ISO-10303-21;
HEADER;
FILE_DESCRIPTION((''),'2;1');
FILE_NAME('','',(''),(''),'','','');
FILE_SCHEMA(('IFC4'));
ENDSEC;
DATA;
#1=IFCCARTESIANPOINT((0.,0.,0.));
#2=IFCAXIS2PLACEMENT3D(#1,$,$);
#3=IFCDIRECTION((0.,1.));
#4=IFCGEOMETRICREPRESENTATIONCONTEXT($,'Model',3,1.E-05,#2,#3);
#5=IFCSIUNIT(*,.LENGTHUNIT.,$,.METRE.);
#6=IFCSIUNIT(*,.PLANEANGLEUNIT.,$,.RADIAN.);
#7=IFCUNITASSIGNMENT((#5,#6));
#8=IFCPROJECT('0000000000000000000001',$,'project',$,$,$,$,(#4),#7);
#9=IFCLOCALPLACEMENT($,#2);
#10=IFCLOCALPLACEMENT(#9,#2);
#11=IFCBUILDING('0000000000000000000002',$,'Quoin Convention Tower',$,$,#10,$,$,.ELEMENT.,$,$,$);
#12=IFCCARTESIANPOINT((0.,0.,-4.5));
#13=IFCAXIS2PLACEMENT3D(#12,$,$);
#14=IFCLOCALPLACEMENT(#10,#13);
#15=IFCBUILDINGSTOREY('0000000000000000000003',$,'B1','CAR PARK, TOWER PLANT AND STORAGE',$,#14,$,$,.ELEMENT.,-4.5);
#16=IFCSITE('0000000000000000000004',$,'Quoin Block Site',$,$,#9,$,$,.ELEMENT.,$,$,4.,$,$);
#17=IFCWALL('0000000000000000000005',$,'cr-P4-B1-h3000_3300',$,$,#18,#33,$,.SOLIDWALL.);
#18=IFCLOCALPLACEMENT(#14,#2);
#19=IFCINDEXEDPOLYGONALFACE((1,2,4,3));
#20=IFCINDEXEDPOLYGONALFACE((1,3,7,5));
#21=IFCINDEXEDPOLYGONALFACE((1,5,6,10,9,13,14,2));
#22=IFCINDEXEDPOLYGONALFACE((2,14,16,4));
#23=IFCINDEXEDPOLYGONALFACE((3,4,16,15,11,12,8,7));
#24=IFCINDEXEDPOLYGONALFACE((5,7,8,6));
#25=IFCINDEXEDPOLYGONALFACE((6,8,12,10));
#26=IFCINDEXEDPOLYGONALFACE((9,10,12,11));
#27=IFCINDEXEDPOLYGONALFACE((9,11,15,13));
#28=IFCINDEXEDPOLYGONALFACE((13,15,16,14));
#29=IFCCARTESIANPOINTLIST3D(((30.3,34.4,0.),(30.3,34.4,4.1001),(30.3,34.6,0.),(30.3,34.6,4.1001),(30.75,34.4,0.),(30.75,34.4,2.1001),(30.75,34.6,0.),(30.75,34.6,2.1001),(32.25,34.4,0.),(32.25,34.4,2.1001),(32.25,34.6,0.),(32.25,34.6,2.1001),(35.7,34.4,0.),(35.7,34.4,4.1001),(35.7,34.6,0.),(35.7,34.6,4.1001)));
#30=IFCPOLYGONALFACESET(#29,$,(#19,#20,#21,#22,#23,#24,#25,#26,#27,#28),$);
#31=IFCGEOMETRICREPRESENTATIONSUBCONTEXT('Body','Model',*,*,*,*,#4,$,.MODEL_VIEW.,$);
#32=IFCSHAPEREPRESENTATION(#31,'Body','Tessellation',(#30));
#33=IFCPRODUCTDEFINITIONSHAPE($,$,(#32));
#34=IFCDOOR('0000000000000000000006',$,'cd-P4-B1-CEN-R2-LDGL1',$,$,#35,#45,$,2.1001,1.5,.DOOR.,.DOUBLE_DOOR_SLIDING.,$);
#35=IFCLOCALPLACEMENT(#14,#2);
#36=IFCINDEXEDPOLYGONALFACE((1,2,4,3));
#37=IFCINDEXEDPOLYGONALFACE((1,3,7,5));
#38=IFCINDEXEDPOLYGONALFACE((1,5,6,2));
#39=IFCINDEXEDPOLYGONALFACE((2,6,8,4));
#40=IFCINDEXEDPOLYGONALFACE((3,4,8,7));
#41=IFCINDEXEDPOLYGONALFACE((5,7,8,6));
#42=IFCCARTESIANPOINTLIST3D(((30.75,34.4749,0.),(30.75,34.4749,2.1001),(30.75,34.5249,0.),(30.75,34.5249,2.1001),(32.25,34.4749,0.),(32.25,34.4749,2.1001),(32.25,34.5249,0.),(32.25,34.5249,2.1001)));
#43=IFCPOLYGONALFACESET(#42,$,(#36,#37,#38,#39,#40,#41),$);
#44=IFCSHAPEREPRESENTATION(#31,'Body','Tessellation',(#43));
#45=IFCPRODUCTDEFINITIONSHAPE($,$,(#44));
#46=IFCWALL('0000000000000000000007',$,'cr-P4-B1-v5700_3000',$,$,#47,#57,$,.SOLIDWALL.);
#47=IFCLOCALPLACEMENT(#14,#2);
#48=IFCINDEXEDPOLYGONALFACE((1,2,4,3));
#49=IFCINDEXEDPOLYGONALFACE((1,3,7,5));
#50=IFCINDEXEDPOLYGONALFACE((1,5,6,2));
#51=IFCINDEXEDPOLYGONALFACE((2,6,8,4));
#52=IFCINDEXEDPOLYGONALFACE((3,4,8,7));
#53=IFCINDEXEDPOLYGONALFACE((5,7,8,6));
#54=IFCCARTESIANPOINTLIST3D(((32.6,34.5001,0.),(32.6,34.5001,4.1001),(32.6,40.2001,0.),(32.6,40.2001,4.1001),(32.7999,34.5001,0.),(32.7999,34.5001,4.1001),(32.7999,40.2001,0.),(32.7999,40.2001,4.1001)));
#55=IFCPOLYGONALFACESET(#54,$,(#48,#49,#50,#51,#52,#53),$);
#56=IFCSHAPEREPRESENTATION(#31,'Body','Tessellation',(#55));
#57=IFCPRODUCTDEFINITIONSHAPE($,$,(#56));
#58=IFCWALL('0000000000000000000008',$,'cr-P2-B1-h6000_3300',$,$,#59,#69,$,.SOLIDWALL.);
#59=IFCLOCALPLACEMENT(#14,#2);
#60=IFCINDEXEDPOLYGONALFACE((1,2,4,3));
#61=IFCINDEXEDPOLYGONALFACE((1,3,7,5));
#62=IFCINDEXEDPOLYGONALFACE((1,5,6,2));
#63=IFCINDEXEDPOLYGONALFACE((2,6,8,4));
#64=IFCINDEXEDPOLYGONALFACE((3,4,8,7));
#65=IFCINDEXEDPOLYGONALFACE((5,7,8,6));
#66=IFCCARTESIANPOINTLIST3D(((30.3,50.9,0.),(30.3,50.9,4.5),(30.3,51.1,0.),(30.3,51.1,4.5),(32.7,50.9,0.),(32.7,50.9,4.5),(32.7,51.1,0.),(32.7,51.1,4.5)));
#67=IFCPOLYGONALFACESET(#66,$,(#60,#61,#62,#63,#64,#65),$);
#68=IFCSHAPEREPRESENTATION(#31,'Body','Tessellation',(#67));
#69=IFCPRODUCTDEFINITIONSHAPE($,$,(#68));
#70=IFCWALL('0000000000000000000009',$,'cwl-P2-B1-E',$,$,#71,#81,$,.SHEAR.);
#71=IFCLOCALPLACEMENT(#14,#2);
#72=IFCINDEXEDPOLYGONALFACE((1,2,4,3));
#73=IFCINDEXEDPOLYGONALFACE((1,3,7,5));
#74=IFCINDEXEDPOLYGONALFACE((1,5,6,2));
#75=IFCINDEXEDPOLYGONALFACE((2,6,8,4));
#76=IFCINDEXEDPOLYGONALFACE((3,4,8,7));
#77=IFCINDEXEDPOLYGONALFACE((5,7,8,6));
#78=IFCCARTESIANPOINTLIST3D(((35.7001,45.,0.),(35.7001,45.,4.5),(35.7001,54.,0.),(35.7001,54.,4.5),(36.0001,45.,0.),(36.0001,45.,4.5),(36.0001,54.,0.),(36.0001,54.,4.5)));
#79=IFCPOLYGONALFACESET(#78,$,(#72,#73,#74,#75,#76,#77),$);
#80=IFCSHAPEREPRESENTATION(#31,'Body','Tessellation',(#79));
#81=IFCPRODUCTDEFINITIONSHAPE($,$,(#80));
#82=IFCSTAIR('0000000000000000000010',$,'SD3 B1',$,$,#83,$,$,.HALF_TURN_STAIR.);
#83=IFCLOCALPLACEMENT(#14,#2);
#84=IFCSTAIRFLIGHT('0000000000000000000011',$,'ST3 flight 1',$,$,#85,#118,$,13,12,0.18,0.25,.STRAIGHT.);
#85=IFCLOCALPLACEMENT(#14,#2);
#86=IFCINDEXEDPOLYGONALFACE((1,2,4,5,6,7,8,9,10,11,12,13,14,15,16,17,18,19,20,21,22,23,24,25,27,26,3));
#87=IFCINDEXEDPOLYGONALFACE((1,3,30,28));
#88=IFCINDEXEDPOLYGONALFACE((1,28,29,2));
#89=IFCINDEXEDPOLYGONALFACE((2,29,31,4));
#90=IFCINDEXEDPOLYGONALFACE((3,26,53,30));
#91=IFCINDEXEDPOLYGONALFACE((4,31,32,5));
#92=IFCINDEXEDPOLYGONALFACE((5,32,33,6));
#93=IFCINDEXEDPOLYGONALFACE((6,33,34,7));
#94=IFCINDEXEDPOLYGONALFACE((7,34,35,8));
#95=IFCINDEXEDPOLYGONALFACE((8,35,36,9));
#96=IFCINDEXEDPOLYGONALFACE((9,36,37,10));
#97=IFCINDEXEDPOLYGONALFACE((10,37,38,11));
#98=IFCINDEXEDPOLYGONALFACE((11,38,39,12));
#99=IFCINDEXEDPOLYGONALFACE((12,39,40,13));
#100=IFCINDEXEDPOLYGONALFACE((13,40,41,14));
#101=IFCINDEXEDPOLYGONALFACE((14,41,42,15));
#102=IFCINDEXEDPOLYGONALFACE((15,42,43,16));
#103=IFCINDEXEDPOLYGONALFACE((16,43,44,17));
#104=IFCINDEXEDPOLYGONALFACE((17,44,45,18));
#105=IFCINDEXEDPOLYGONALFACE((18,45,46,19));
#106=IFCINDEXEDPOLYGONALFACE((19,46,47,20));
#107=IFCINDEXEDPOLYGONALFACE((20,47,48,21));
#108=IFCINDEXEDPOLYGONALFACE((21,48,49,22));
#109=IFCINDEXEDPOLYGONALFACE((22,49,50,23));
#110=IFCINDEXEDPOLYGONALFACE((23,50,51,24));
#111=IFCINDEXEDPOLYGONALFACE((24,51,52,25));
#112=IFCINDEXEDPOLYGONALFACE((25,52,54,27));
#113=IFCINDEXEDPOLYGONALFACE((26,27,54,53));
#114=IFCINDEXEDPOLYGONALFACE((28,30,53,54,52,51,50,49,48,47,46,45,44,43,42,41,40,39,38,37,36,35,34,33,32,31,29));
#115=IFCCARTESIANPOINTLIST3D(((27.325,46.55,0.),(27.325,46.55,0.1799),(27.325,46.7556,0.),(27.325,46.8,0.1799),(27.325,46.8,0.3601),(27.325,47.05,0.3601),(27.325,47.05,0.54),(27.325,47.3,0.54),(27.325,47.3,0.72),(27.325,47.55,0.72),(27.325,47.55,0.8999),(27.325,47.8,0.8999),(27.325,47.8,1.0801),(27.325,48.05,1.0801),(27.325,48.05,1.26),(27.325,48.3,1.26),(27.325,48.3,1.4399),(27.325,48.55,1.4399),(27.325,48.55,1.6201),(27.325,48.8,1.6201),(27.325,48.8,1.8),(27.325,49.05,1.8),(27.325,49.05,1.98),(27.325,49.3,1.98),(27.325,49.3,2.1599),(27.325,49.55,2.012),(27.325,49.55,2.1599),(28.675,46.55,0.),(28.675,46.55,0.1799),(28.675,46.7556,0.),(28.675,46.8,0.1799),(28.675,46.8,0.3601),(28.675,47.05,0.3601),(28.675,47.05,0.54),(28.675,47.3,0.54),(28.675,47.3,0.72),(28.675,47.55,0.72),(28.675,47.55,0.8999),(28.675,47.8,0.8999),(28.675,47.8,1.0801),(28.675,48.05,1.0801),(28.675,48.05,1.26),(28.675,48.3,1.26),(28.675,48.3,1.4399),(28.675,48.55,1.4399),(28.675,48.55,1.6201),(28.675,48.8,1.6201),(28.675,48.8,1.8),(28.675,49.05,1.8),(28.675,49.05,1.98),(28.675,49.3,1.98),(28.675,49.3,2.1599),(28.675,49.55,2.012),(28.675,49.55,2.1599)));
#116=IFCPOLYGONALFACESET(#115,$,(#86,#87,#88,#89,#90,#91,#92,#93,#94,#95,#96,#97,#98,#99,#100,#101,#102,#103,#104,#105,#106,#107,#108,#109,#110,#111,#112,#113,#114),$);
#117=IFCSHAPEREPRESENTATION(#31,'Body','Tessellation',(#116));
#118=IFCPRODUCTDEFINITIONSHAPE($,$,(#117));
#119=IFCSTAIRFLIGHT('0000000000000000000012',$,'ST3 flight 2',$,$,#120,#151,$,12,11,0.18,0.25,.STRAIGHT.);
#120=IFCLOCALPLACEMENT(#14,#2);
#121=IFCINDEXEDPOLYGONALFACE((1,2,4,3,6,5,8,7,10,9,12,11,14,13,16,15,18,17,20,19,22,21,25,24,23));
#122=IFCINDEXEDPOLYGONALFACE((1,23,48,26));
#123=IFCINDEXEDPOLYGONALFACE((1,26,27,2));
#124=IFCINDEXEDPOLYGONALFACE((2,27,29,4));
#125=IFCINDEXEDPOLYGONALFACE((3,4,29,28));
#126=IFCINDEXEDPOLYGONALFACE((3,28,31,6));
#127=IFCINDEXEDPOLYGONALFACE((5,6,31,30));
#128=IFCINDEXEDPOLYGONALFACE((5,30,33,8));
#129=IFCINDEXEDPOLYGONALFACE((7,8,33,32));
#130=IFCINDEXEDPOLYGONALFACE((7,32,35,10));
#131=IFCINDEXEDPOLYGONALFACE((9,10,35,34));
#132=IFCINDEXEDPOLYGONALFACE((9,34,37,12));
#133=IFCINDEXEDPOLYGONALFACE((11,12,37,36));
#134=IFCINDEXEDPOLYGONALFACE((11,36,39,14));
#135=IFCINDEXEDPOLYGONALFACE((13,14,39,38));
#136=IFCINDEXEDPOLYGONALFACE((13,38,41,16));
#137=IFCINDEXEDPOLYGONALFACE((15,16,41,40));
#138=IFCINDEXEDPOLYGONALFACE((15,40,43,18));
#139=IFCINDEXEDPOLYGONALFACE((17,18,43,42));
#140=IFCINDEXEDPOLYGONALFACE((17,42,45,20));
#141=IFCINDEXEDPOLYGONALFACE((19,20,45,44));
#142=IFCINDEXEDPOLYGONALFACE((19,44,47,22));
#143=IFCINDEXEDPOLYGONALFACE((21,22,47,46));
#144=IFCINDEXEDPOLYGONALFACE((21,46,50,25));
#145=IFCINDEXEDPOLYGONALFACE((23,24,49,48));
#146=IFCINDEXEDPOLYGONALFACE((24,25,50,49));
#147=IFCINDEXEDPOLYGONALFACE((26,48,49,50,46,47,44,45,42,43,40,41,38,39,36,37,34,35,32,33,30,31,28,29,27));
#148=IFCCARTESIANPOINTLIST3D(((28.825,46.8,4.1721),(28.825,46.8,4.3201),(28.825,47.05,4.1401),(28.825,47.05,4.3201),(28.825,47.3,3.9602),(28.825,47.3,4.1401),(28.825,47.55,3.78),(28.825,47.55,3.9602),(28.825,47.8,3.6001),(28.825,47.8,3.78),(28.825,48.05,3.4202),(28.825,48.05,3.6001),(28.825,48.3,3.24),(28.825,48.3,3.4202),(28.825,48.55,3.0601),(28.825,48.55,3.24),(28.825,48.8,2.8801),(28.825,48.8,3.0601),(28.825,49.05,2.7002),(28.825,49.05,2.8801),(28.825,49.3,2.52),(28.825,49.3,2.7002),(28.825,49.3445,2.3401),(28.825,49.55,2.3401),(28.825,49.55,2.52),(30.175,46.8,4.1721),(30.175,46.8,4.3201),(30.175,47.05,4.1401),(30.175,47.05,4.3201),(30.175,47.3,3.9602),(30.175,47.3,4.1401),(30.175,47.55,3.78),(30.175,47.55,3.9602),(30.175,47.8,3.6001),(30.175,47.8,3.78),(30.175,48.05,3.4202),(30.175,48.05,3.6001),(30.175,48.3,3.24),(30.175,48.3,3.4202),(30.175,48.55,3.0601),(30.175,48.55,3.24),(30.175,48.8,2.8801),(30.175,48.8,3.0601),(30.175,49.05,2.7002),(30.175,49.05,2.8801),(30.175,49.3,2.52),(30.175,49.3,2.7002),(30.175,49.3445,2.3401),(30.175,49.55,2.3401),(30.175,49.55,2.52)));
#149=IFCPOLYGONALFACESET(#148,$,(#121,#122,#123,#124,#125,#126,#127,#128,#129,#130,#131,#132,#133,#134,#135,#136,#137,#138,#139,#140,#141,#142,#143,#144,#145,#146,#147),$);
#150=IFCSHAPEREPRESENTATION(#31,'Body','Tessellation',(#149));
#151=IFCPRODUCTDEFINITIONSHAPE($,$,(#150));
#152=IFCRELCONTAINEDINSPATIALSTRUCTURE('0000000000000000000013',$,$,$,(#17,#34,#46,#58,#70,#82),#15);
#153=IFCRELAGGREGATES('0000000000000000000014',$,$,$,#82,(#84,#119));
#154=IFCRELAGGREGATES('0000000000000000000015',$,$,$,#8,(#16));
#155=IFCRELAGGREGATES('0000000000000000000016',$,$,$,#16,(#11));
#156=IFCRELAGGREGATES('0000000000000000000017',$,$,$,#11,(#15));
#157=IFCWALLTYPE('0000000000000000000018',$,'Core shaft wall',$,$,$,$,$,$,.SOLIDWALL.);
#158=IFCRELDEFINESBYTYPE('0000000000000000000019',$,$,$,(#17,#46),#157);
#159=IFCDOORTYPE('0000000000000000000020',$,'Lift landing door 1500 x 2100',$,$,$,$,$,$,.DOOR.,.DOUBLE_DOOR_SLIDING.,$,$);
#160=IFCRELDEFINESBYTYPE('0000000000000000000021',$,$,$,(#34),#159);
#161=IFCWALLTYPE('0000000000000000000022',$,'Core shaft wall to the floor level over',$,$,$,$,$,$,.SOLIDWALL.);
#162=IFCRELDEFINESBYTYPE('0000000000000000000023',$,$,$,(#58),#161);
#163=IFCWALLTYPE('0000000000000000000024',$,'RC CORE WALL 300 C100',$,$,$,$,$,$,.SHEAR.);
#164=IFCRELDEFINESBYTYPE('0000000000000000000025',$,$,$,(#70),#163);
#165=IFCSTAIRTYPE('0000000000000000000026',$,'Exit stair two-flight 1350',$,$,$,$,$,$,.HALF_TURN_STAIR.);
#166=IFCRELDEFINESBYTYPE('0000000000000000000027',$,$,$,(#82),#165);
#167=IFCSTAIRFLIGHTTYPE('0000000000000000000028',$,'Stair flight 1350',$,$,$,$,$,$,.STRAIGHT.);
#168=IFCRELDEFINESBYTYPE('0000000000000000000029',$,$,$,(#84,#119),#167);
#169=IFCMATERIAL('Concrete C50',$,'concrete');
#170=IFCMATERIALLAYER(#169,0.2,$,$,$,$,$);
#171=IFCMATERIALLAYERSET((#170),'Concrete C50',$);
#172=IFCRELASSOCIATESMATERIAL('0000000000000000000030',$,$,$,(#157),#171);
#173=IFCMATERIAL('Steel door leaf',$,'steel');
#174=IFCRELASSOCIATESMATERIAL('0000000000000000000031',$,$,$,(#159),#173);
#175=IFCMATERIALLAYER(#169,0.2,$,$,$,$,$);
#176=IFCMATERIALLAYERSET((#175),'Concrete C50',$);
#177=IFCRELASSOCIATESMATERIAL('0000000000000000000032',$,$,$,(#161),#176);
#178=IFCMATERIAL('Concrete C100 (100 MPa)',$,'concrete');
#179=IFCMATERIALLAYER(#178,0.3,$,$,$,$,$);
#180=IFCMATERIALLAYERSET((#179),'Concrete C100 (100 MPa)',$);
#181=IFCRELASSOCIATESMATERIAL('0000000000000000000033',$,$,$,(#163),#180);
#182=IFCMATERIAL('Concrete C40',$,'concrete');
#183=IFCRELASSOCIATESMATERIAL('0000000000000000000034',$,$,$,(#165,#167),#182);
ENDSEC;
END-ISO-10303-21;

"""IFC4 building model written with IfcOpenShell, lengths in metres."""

from ifc_helpers import new_model, si_unit, direction, frame, frame_2d, origin, place, context, subcontext, project, spatial, polyline, rectangle, outline, extrude, material, layer, layer_set, type_object, element, fill, aggregate, save


model = new_model("IFC4")

# Units and contexts
model_context = context("Model", 3, precision=1e-05, world=origin(), true_north=direction((0.0, 1.0)))
body_context = subcontext(model_context, "Body", "Model", "MODEL_VIEW")
ifc_project = project(units=[si_unit("LENGTHUNIT", "METRE"), si_unit("PLANEANGLEUNIT", "RADIAN")], contexts=[model_context])

# Site, building, storey
site_placement = place(None, origin())
site = spatial("IfcSite", under=ifc_project, at=site_placement, Name="Quoin Block Site", CompositionType="ELEMENT", RefElevation=4.0)
building_placement = place(site_placement, origin())
building = spatial("IfcBuilding", under=site, at=building_placement, Name="Quoin Convention Tower", CompositionType="ELEMENT")
storey_placement = place(building_placement, frame((0.0, 0.0, -4.5)))
storey = spatial("IfcBuildingStorey", under=building, at=storey_placement, Name="B1", Description="CAR PARK, TOWER PLANT AND STORAGE", CompositionType="ELEMENT", Elevation=-4.5)

# Shared definitions
ifc_material_1 = material(Name="Concrete C100 (100 MPa)", Category="concrete")

# Shared definitions
ifc_material_2 = material(Name="Concrete C50", Category="concrete")
ifc_layer_1 = layer(ifc_material_2, 0.2)
ifc_layer_set_1 = layer_set([ifc_layer_1], Name="Concrete C50")
wall_type_1 = type_object("IfcWallType", Name="Core shaft wall", PredefinedType="SOLIDWALL", material=ifc_layer_set_1)

# Wall, opening, door
wall_1_placement = place(storey_placement, frame((30.3, 34.5, 0.0), z_axis=(0.0, 0.0, 1.0), x_axis=(1.0, 0.0, 0.0)))
wall_1 = element("IfcWall", 1, at=wall_1_placement, inside=storey, type_object=wall_type_1, Name="cr-P4-B1-h3000_3300", PredefinedType="SOLIDWALL", context=body_context, shape_type="SweptSolid", body=[
    extrude(rectangle(XDim=5.3999, YDim=0.2, at=frame_2d((2.7, 0.0))), origin(), (0.0, 0.0, 1.0), 4.1001),
])
opening_placement = place(wall_1_placement, frame((0.45, 0.0, 0.0)))
opening = element("IfcOpeningElement", 2, at=opening_placement, cuts=wall_1, PredefinedType="OPENING", context=body_context, shape_type="SweptSolid", body=[
    extrude(rectangle(XDim=1.5, YDim=2.1001, at=frame_2d((0.75, 1.05))), frame((0.0, 0.1099, 0.0), z_axis=(0.0, -1.0, 0.0), x_axis=(1.0, 0.0, 0.0)), (0.0, 0.0, 1.0), 0.22),
])
ifc_material_3 = material(Name="Steel door leaf", Category="steel")
door_type = type_object("IfcDoorType", Name="Lift landing door 1500 x 2100", OperationType="DOUBLE_DOOR_SLIDING", PredefinedType="DOOR", material=ifc_material_3)
door_placement = place(opening_placement, origin())
door = element("IfcDoor", 3, at=door_placement, inside=storey, type_object=door_type, Name="cd-P4-B1-CEN-R2-LDGL1", OperationType="DOUBLE_DOOR_SLIDING", OverallHeight=2.1001, OverallWidth=1.5, PredefinedType="DOOR", context=body_context, shape_type="SweptSolid", body=[
    extrude(rectangle(XDim=1.5, YDim=2.1001, at=frame_2d((0.75, 1.05))), frame((0.0, 0.0249, 0.0), z_axis=(0.0, -1.0, 0.0), x_axis=(1.0, 0.0, 0.0)), (0.0, 0.0, 1.0), 0.05),
])
fill(opening, door)

# Walls
wall_2_placement = place(storey_placement, frame((32.7, 34.5, 0.0), z_axis=(0.0, 0.0, 1.0), x_axis=(0.0, 1.0, 0.0)))
element("IfcWall", 4, at=wall_2_placement, inside=storey, type_object=wall_type_1, Name="cr-P4-B1-v5700_3000", PredefinedType="SOLIDWALL", context=body_context, shape_type="SweptSolid", body=[
    extrude(rectangle(XDim=5.7, YDim=0.2, at=frame_2d((2.8501, 0.0))), origin(), (0.0, 0.0, 1.0), 4.1001),
])
ifc_layer_2 = layer(ifc_material_2, 0.2)
ifc_layer_set_2 = layer_set([ifc_layer_2], Name="Concrete C50")
wall_type_2 = type_object("IfcWallType", Name="Core shaft wall to the floor level over", PredefinedType="SOLIDWALL", material=ifc_layer_set_2)
wall_3_placement = place(storey_placement, frame((30.3, 51.0, 0.0), z_axis=(0.0, 0.0, 1.0), x_axis=(1.0, 0.0, 0.0)))
element("IfcWall", 5, at=wall_3_placement, inside=storey, type_object=wall_type_2, Name="cr-P2-B1-h6000_3300", PredefinedType="SOLIDWALL", context=body_context, shape_type="SweptSolid", body=[
    extrude(rectangle(XDim=2.3999, YDim=0.2, at=frame_2d((1.2, 0.0))), origin(), (0.0, 0.0, 1.0), 4.5),
])
ifc_layer_3 = layer(ifc_material_1, 0.3)
ifc_layer_set_3 = layer_set([ifc_layer_3], Name="Concrete C100 (100 MPa)")
wall_type_3 = type_object("IfcWallType", Name="RC CORE WALL 300 C100", PredefinedType="SHEAR", material=ifc_layer_set_3)
wall_4_placement = place(storey_placement, frame((35.8501, 45.0, 0.0), z_axis=(0.0, 0.0, 1.0), x_axis=(0.0, 1.0, 0.0)))
element("IfcWall", 6, at=wall_4_placement, inside=storey, type_object=wall_type_3, Name="cwl-P2-B1-E", PredefinedType="SHEAR", context=body_context, shape_type="SweptSolid", body=[
    extrude(rectangle(XDim=9.0, YDim=0.3, at=frame_2d((4.5, 0.0))), origin(), (0.0, 0.0, 1.0), 4.5),
])

# Stair, stair flights
ifc_material_4 = material(Name="Concrete C40", Category="concrete")
stair_type = type_object("IfcStairType", Name="Exit stair two-flight 1350", PredefinedType="HALF_TURN_STAIR", material=ifc_material_4)
stair_1_placement = place(storey_placement, origin())
stair_1 = element("IfcStair", 7, at=stair_1_placement, inside=storey, type_object=stair_type, Name="SD3 B1", PredefinedType="HALF_TURN_STAIR")
stair_flight_type = type_object("IfcStairFlightType", Name="Stair flight 1350", PredefinedType="STRAIGHT", material=ifc_material_4)
stair_flight_1_placement = place(storey_placement, frame((28.0, 46.55, 0.0), z_axis=(0.0, 0.0, 1.0), x_axis=(0.0, 1.0, 0.0)))
stair_flight_1 = element("IfcStairFlight", 8, at=stair_flight_1_placement, type_object=stair_flight_type, Name="ST3 flight 1", NumberOfRisers=13, NumberOfTreads=12, PredefinedType="STRAIGHT", RiserHeight=0.18, TreadLength=0.25, context=body_context, shape_type="SweptSolid", body=[
    extrude(outline(polyline([(0.0, 0.0), (0.0, 0.1799), (0.25, 0.1799), (0.25, 0.3601), (0.5, 0.3601), (0.5, 0.54), (0.75, 0.54), (0.75, 0.72), (1.0, 0.72), (1.0, 0.8999), (1.25, 0.8999), (1.25, 1.0801), (1.5, 1.0801), (1.5, 1.26), (1.75, 1.26), (1.75, 1.4399), (2.0, 1.4399), (2.0, 1.6201), (2.25, 1.6201), (2.25, 1.8), (2.5, 1.8), (2.5, 1.98), (2.75, 1.98), (2.75, 2.1599), (3.0, 2.1599), (3.0, 2.3401), (3.0, 2.012), (0.2056, 0.0), (0.0, 0.0)])), frame((0.0, 0.675, 0.0), z_axis=(0.0, -1.0, 0.0), x_axis=(1.0, 0.0, 0.0)), (0.0, 0.0, 1.0), 1.3501),
])
stair_flight_2_placement = place(storey_placement, frame((29.5, 49.55, 2.3401), z_axis=(0.0, 0.0, 1.0), x_axis=(0.0, -1.0, 0.0)))
stair_flight_2 = element("IfcStairFlight", 9, at=stair_flight_2_placement, type_object=stair_flight_type, Name="ST3 flight 2", NumberOfRisers=12, NumberOfTreads=11, PredefinedType="STRAIGHT", RiserHeight=0.18, TreadLength=0.25, context=body_context, shape_type="SweptSolid", body=[
    extrude(outline(polyline([(0.0, 0.0), (0.0, 0.1799), (0.25, 0.1799), (0.25, 0.3601), (0.5, 0.3601), (0.5, 0.54), (0.75, 0.54), (0.75, 0.72), (1.0, 0.72), (1.0, 0.8999), (1.25, 0.8999), (1.25, 1.0801), (1.5, 1.0801), (1.5, 1.26), (1.75, 1.26), (1.75, 1.4399), (2.0, 1.4399), (2.0, 1.6201), (2.25, 1.6201), (2.25, 1.8), (2.5, 1.8), (2.5, 1.98), (2.75, 1.98), (2.75, 2.1599), (2.75, 1.832), (0.2056, 0.0), (0.0, 0.0)])), frame((0.0, 0.675, 0.0), z_axis=(0.0, -1.0, 0.0), x_axis=(1.0, 0.0, 0.0)), (0.0, 0.0, 1.0), 1.3501),
])
aggregate(stair_1, [stair_flight_1, stair_flight_2])

save(model, "model.ifc")
